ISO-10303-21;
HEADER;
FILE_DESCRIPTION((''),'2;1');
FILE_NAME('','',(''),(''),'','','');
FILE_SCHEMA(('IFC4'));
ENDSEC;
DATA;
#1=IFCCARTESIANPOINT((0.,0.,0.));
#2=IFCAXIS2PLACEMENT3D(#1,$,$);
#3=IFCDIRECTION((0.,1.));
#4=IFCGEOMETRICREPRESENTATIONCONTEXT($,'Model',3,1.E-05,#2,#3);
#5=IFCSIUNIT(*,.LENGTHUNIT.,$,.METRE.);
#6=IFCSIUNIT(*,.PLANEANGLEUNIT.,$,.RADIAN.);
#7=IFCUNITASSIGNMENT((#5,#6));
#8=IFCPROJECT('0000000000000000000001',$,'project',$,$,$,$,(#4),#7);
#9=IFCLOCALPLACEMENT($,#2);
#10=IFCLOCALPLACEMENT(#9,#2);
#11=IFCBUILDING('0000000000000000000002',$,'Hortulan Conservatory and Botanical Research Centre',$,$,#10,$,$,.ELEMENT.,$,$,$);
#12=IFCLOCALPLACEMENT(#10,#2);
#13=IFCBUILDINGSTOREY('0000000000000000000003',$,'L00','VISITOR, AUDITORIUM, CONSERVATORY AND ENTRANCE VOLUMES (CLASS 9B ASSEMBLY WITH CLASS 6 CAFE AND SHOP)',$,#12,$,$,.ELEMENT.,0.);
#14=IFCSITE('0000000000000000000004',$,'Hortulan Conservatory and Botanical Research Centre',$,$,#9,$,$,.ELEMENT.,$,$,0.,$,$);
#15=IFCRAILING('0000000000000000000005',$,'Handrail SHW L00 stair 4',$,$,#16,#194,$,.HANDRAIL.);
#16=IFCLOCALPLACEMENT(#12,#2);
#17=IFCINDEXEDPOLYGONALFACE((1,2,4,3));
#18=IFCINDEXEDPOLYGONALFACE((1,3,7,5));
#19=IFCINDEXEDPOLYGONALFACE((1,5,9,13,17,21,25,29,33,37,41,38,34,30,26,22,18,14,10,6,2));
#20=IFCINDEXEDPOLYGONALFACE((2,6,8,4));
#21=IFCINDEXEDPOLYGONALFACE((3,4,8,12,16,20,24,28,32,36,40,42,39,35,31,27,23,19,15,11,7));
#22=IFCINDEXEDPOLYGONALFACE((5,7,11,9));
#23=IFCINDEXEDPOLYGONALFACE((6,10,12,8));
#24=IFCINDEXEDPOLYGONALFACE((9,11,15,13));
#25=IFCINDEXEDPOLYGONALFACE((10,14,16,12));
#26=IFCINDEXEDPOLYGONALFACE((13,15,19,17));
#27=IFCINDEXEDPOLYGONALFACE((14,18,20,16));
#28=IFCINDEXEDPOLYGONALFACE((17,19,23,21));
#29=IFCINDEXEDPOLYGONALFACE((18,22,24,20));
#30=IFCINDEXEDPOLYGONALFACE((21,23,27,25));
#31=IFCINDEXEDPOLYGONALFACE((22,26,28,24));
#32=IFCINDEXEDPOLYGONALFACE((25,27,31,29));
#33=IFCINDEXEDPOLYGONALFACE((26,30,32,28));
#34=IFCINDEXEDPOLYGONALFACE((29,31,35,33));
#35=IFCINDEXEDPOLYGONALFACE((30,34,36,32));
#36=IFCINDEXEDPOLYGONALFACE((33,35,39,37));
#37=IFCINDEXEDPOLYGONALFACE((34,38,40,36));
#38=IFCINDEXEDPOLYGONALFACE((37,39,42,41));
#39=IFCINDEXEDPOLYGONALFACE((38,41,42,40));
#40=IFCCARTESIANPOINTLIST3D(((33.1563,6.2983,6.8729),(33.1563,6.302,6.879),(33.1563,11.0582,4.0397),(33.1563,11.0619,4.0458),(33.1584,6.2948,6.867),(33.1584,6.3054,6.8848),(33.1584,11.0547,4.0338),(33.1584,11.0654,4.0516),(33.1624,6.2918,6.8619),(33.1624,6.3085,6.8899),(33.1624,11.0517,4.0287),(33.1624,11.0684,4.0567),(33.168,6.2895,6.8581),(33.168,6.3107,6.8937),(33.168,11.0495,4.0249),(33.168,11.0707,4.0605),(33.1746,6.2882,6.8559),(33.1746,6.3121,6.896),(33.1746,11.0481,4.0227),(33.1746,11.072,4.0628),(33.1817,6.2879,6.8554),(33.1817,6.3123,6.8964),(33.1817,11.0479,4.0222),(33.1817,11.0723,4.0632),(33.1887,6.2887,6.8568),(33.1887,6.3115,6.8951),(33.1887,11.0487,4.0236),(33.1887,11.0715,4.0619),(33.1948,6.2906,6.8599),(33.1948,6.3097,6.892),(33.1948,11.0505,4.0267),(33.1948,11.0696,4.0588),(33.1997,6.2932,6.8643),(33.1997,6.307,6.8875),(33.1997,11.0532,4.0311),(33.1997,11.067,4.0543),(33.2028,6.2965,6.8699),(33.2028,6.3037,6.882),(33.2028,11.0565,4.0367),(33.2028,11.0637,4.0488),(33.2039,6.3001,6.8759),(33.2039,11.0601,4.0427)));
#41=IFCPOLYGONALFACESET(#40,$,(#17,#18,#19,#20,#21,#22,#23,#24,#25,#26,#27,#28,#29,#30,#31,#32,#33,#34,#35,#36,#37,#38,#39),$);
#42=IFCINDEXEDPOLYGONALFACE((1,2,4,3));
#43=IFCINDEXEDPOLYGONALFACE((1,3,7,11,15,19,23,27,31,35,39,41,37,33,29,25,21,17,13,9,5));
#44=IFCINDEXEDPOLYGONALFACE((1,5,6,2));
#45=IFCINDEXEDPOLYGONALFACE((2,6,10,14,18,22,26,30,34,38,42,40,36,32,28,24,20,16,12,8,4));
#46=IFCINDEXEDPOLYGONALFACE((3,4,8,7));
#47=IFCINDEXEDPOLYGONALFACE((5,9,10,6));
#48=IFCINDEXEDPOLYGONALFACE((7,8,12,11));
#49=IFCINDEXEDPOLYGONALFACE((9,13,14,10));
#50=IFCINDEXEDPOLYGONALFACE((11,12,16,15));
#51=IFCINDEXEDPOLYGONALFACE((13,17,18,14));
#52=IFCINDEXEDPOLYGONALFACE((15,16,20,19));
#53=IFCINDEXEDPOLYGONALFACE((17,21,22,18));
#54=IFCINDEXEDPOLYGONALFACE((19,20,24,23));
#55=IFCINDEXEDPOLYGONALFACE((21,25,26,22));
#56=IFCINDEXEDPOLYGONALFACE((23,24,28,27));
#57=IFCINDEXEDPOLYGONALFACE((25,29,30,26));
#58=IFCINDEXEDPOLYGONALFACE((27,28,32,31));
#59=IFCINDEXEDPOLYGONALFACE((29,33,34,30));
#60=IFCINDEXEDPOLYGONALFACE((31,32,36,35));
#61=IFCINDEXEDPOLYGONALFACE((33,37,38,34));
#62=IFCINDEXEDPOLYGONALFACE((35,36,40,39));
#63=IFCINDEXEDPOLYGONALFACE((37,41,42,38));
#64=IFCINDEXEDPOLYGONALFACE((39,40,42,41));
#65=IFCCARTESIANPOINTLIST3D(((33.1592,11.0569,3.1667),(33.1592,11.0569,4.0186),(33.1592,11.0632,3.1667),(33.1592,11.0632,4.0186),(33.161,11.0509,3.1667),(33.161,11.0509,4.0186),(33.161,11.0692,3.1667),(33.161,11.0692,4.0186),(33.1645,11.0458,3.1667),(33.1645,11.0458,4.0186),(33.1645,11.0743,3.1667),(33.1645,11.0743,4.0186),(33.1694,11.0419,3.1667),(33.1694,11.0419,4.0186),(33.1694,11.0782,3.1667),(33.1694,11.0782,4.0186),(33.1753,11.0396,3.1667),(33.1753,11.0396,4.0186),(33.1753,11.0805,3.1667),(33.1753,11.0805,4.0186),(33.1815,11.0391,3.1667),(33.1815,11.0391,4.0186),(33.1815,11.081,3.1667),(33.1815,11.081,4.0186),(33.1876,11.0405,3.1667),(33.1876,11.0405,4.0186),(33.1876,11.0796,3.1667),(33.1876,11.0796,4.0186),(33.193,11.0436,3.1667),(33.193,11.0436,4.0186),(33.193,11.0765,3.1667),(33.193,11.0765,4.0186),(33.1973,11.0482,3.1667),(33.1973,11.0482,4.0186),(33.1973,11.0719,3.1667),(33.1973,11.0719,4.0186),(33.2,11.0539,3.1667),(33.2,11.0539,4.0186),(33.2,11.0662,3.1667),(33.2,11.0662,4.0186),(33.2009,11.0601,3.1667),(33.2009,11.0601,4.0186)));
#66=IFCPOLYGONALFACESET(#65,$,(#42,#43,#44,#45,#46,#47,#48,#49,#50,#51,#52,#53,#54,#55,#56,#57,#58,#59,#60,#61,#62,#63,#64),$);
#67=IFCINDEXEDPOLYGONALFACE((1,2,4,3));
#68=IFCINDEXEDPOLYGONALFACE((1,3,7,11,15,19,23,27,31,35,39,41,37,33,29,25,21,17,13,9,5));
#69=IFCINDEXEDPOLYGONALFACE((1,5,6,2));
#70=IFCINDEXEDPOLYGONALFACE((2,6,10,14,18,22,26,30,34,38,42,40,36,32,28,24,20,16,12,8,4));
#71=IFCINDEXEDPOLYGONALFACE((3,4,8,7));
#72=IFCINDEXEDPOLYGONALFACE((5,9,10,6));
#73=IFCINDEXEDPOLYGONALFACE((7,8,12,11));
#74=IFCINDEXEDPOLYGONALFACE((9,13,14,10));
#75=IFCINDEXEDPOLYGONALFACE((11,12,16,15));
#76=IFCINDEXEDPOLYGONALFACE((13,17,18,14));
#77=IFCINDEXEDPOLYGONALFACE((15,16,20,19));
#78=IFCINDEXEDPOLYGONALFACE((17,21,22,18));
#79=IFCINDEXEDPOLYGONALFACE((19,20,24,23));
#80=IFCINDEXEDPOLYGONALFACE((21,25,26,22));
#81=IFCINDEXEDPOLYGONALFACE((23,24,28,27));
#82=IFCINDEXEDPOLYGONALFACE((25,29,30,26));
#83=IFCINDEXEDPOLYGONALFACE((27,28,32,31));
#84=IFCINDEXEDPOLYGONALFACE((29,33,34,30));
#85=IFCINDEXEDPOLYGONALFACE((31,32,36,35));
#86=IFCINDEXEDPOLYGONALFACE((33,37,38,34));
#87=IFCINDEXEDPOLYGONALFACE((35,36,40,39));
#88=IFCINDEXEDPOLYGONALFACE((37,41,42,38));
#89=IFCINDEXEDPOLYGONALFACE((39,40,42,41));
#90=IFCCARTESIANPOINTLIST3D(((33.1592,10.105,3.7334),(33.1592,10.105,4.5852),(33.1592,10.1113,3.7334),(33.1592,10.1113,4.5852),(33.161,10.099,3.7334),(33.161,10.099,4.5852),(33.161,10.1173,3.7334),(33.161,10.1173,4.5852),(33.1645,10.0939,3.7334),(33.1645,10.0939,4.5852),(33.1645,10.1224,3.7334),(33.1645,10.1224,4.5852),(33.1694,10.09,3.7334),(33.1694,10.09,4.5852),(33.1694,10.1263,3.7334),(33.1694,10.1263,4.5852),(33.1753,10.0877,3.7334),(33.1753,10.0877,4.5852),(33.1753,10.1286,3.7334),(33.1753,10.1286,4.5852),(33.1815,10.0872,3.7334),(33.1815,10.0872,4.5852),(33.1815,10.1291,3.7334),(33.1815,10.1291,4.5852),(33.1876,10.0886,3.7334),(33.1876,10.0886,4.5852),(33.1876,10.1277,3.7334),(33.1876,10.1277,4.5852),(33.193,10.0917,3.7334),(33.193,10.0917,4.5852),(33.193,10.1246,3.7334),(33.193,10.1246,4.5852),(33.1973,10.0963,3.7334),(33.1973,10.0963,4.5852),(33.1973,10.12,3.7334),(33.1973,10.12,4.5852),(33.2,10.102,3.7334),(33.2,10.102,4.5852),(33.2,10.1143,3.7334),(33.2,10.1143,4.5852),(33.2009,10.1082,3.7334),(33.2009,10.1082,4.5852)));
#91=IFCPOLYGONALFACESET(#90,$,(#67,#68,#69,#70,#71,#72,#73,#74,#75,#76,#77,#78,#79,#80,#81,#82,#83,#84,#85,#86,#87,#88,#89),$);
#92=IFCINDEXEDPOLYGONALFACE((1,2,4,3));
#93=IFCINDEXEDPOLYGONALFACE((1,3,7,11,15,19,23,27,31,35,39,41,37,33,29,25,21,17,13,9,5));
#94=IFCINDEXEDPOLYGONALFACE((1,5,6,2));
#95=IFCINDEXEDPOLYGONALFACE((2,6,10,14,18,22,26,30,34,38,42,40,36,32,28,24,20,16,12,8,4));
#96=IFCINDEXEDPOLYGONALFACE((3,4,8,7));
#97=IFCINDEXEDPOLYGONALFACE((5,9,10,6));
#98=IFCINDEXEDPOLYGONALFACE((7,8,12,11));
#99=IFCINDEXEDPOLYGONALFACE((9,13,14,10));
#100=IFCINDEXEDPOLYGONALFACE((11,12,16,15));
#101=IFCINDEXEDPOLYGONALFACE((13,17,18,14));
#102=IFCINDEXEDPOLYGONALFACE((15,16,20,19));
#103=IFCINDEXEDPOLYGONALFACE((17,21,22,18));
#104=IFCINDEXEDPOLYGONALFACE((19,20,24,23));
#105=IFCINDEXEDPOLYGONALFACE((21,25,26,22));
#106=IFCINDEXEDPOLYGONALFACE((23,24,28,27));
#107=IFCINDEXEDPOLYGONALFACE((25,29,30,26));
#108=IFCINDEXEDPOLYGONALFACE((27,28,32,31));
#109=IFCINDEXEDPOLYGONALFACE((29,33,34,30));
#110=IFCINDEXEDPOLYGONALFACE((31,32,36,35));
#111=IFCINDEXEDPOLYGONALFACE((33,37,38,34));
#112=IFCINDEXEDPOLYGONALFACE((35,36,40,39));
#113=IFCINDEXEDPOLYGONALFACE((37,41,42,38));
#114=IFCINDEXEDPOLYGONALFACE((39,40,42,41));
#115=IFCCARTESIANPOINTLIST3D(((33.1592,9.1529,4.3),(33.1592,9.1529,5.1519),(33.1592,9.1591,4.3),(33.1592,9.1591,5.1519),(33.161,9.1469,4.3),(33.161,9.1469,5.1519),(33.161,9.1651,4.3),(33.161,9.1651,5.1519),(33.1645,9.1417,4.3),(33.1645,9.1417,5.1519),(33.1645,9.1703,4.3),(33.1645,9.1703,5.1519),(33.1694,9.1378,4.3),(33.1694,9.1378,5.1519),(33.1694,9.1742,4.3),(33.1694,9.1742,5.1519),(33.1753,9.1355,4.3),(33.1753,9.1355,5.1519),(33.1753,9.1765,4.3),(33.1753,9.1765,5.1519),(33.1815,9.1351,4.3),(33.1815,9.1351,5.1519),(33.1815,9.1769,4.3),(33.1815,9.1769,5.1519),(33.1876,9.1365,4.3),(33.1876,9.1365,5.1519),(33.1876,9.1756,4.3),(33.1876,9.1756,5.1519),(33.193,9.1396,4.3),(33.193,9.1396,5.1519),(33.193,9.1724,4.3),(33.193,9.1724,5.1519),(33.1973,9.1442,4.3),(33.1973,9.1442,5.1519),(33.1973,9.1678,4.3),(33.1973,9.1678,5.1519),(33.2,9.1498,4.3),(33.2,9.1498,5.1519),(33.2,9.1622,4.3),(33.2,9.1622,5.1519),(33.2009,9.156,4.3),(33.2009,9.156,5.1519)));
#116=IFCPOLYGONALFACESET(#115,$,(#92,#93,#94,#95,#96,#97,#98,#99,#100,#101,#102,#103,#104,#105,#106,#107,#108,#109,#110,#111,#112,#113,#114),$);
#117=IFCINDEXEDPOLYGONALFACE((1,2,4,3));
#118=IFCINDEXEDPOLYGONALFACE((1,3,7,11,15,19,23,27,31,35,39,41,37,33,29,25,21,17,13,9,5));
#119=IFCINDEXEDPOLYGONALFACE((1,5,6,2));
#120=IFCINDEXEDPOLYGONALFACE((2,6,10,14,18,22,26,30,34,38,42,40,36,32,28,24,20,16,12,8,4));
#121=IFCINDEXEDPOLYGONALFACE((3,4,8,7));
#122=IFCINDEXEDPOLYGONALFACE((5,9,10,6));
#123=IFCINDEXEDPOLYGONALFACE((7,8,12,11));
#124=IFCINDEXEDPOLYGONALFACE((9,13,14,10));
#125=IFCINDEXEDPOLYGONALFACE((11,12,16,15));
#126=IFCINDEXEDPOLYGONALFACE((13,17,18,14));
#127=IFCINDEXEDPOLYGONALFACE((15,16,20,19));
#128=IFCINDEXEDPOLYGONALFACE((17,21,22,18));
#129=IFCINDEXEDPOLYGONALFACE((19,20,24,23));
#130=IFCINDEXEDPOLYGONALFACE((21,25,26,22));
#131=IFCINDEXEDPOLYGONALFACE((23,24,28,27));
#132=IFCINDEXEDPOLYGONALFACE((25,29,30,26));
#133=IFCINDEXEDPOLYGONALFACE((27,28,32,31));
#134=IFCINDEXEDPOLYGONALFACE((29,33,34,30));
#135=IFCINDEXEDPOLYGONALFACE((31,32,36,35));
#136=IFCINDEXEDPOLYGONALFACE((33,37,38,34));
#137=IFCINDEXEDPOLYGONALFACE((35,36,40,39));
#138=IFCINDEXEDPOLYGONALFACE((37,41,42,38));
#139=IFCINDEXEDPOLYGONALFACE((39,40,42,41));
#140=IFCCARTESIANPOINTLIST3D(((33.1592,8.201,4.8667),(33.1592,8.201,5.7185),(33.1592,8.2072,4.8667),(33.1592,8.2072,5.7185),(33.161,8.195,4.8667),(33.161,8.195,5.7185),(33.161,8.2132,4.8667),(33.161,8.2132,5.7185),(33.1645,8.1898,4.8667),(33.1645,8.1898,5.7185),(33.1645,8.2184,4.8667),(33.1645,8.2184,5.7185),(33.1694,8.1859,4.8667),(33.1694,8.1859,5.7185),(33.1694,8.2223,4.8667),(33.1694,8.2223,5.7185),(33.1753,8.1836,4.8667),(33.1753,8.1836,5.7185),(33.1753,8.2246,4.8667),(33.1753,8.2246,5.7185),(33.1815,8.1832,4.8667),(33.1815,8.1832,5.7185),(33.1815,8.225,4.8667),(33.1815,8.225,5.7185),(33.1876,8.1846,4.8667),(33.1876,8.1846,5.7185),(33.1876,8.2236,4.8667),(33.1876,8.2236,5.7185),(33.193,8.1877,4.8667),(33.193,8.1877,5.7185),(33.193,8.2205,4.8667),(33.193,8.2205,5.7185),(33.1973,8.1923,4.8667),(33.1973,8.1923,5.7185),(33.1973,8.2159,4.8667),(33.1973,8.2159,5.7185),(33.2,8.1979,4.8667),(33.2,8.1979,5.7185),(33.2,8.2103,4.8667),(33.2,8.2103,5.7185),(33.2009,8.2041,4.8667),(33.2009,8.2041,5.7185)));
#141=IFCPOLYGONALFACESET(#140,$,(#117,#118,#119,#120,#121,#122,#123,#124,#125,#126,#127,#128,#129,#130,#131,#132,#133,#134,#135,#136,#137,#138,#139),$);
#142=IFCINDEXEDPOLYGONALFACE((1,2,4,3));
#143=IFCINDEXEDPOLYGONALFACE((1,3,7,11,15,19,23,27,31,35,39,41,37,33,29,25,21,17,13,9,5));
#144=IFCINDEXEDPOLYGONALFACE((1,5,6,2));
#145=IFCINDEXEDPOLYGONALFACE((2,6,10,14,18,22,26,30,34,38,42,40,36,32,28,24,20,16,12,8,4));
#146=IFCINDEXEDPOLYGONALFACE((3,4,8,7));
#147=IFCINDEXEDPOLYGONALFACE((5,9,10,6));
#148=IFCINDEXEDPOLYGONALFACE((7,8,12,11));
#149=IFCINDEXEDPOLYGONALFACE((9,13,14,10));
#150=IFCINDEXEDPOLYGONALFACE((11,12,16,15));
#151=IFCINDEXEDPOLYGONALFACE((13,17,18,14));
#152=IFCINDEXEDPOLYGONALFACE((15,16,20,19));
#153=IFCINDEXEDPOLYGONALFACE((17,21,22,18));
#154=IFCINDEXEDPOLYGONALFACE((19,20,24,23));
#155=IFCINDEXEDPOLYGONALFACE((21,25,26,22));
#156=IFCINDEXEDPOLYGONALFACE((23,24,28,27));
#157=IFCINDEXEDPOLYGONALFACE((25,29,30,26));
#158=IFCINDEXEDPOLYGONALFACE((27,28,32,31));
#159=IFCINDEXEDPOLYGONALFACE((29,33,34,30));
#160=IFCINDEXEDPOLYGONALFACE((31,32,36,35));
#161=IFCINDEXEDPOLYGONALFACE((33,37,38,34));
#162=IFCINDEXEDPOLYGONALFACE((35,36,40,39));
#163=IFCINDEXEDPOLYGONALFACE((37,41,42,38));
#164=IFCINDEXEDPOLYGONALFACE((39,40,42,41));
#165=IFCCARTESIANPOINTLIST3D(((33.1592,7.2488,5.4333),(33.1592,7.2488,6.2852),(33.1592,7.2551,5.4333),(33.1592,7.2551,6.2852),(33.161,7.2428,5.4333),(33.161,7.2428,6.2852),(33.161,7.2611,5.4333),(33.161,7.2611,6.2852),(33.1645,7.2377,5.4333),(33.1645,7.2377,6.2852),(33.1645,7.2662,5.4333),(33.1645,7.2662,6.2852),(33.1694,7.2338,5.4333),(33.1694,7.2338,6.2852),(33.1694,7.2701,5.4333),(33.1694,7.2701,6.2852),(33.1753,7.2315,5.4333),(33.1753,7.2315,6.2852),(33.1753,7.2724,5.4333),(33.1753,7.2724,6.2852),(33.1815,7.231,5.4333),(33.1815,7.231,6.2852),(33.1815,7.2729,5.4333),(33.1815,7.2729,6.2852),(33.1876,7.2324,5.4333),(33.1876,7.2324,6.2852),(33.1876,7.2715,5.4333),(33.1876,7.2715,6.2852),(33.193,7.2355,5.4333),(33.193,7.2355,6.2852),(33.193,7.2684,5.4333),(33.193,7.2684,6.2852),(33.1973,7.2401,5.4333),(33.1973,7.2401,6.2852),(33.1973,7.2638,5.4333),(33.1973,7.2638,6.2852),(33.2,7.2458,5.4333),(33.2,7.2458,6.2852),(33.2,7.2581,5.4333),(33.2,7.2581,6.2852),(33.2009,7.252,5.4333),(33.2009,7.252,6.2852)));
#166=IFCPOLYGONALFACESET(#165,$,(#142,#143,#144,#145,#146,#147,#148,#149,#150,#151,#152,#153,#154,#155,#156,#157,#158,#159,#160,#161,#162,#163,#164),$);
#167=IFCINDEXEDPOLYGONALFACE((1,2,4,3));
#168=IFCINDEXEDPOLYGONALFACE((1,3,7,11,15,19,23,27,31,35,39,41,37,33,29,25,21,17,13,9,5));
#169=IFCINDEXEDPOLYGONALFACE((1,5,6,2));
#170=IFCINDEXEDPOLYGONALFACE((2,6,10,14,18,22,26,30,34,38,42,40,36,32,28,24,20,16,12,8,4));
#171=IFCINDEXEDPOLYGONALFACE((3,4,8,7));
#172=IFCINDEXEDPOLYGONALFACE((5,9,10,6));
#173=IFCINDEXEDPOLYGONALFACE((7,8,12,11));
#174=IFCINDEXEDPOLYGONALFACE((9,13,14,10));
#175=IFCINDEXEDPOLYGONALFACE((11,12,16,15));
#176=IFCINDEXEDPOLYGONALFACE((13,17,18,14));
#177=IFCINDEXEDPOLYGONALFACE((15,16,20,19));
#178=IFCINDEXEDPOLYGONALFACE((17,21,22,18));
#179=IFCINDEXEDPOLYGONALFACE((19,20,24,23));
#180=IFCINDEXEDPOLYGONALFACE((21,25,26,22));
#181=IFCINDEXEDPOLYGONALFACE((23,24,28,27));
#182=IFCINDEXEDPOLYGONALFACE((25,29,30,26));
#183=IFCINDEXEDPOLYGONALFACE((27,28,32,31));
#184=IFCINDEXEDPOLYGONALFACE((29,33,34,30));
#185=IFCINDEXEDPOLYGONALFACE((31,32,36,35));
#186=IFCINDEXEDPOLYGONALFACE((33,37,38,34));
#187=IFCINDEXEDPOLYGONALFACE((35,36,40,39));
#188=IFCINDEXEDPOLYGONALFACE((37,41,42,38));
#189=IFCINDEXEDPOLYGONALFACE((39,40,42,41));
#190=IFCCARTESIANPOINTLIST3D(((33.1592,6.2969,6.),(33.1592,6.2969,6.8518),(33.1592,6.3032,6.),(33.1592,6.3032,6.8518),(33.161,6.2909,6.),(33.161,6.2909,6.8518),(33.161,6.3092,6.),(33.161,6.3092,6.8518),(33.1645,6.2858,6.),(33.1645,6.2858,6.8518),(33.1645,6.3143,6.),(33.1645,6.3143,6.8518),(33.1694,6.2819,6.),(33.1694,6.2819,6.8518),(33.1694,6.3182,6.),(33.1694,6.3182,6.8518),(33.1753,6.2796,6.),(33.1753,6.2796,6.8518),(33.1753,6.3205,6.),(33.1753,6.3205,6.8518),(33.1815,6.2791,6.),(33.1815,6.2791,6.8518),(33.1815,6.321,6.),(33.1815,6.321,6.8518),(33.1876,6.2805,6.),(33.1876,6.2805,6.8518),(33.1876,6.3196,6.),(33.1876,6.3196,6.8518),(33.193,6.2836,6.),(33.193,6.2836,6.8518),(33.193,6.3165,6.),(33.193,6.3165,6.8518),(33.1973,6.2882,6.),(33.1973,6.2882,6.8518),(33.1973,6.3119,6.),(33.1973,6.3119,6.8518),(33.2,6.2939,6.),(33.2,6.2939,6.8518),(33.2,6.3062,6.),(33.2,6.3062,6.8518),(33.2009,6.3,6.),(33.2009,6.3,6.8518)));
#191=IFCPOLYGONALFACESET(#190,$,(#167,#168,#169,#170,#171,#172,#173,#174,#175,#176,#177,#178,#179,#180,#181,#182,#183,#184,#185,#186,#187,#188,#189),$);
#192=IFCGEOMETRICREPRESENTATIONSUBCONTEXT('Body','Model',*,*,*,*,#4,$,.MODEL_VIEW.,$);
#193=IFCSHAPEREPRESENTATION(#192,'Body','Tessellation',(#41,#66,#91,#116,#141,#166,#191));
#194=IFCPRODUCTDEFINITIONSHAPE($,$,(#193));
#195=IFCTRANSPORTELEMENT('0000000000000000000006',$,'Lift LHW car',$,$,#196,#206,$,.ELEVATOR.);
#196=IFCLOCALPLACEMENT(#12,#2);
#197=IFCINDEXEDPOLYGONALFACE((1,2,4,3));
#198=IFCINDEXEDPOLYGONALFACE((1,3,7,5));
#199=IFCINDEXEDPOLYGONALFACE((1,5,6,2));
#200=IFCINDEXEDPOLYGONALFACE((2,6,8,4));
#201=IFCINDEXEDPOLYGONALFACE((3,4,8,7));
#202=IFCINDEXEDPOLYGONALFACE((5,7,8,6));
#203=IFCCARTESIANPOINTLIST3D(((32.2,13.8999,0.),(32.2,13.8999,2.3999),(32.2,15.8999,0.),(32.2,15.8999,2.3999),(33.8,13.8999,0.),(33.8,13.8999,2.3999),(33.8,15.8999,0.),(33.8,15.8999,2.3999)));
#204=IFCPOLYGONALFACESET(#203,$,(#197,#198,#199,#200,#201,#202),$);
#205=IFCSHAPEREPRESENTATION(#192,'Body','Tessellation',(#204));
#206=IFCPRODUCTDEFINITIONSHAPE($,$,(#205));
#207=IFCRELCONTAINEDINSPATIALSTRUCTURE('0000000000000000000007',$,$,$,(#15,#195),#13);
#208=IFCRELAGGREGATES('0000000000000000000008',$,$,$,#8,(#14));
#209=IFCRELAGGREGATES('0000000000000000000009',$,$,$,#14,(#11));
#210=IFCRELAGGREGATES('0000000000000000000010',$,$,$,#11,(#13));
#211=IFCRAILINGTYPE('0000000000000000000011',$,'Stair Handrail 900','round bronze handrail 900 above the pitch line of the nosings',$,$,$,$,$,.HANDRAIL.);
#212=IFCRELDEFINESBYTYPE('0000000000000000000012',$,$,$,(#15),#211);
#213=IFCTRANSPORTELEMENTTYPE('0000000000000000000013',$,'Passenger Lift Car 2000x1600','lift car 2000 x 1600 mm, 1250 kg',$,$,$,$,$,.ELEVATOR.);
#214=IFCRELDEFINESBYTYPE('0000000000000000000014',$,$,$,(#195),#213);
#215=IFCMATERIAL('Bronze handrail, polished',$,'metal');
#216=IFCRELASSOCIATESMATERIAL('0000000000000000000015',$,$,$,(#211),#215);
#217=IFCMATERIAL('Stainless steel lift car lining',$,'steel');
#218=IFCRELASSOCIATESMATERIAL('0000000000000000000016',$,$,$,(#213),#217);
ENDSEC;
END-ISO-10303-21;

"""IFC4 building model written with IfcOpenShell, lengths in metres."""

from ifc_helpers import new_model, si_unit, direction, frame, origin, origin_2d, place, context, subcontext, project, spatial, rectangle, circle, extrude, material, type_object, element, save


model = new_model("IFC4")

# Units and contexts
model_context = context("Model", 3, precision=1e-05, world=origin(), true_north=direction((0.0, 1.0)))
body_context = subcontext(model_context, "Body", "Model", "MODEL_VIEW")
ifc_project = project(units=[si_unit("LENGTHUNIT", "METRE"), si_unit("PLANEANGLEUNIT", "RADIAN")], contexts=[model_context])

# Site, building, storey
site_placement = place(None, origin())
site = spatial("IfcSite", under=ifc_project, at=site_placement, Name="Hortulan Conservatory and Botanical Research Centre", CompositionType="ELEMENT", RefElevation=0.0)
building_placement = place(site_placement, origin())
building = spatial("IfcBuilding", under=site, at=building_placement, Name="Hortulan Conservatory and Botanical Research Centre", CompositionType="ELEMENT")
storey_placement = place(building_placement, origin())
storey = spatial("IfcBuildingStorey", under=building, at=storey_placement, Name="L00", Description="VISITOR, AUDITORIUM, CONSERVATORY AND ENTRANCE VOLUMES (CLASS 9B ASSEMBLY WITH CLASS 6 CAFE AND SHOP)", CompositionType="ELEMENT", Elevation=0.0)

# Railing
ifc_material_1 = material(Name="Bronze handrail, polished", Category="metal")
railing_type_1 = type_object("IfcRailingType", Name="Stair Handrail 900", Description="round bronze handrail 900 above the pitch line of the nosings", PredefinedType="HANDRAIL", material=ifc_material_1)
for number, where, name in (
    (1, (33.1799, 11.0601, 3.1667), "Handrail SHW L00 stair 4"),
):
    element("IfcRailing", number, at=place(storey_placement, frame(where)), inside=storey, type_object=railing_type_1, Name=name, PredefinedType="HANDRAIL", context=body_context, shape_type="SweptSolid", body=[
        extrude(circle(Radius=0.0239, at=origin_2d()), frame((0.0, 0.0, 0.876), z_axis=(0.0, -0.8593, 0.511472), x_axis=(1.0, 0.0, 0.0)), (0.0, 0.0, 1.0), 5.5393),
        extrude(circle(Radius=0.021, at=origin_2d()), origin(), (0.0, 0.0, 1.0), 0.8518),
        extrude(circle(Radius=0.021, at=origin_2d()), frame((0.0, -0.9519, 0.5667)), (0.0, 0.0, 1.0), 0.8518),
        extrude(circle(Radius=0.021, at=origin_2d()), frame((0.0, -1.9041, 1.1333)), (0.0, 0.0, 1.0), 0.8518),
        extrude(circle(Radius=0.021, at=origin_2d()), frame((0.0, -2.856, 1.7)), (0.0, 0.0, 1.0), 0.8518),
        extrude(circle(Radius=0.021, at=origin_2d()), frame((0.0, -3.8081, 2.2666)), (0.0, 0.0, 1.0), 0.8518),
        extrude(circle(Radius=0.021, at=origin_2d()), frame((0.0, -4.76, 2.8333)), (0.0, 0.0, 1.0), 0.8518),
    ])

# Transport element
ifc_material_2 = material(Name="Stainless steel lift car lining", Category="steel")
transport_element_type = type_object("IfcTransportElementType", Name="Passenger Lift Car 2000x1600", Description="lift car 2000 x 1600 mm, 1250 kg", PredefinedType="ELEVATOR", material=ifc_material_2)
transport_element_placement = place(storey_placement, frame((33.0, 14.8999, 0.0), z_axis=(0.0, 0.0, 1.0), x_axis=(1.0, 0.0, 0.0)))
element("IfcTransportElement", 2, at=transport_element_placement, inside=storey, type_object=transport_element_type, Name="Lift LHW car", PredefinedType="ELEVATOR", context=body_context, shape_type="SweptSolid", body=[
    extrude(rectangle(XDim=1.6001, YDim=2.0, at=origin_2d()), origin(), (0.0, 0.0, 1.0), 2.3999),
])

save(model, "model.ifc")
